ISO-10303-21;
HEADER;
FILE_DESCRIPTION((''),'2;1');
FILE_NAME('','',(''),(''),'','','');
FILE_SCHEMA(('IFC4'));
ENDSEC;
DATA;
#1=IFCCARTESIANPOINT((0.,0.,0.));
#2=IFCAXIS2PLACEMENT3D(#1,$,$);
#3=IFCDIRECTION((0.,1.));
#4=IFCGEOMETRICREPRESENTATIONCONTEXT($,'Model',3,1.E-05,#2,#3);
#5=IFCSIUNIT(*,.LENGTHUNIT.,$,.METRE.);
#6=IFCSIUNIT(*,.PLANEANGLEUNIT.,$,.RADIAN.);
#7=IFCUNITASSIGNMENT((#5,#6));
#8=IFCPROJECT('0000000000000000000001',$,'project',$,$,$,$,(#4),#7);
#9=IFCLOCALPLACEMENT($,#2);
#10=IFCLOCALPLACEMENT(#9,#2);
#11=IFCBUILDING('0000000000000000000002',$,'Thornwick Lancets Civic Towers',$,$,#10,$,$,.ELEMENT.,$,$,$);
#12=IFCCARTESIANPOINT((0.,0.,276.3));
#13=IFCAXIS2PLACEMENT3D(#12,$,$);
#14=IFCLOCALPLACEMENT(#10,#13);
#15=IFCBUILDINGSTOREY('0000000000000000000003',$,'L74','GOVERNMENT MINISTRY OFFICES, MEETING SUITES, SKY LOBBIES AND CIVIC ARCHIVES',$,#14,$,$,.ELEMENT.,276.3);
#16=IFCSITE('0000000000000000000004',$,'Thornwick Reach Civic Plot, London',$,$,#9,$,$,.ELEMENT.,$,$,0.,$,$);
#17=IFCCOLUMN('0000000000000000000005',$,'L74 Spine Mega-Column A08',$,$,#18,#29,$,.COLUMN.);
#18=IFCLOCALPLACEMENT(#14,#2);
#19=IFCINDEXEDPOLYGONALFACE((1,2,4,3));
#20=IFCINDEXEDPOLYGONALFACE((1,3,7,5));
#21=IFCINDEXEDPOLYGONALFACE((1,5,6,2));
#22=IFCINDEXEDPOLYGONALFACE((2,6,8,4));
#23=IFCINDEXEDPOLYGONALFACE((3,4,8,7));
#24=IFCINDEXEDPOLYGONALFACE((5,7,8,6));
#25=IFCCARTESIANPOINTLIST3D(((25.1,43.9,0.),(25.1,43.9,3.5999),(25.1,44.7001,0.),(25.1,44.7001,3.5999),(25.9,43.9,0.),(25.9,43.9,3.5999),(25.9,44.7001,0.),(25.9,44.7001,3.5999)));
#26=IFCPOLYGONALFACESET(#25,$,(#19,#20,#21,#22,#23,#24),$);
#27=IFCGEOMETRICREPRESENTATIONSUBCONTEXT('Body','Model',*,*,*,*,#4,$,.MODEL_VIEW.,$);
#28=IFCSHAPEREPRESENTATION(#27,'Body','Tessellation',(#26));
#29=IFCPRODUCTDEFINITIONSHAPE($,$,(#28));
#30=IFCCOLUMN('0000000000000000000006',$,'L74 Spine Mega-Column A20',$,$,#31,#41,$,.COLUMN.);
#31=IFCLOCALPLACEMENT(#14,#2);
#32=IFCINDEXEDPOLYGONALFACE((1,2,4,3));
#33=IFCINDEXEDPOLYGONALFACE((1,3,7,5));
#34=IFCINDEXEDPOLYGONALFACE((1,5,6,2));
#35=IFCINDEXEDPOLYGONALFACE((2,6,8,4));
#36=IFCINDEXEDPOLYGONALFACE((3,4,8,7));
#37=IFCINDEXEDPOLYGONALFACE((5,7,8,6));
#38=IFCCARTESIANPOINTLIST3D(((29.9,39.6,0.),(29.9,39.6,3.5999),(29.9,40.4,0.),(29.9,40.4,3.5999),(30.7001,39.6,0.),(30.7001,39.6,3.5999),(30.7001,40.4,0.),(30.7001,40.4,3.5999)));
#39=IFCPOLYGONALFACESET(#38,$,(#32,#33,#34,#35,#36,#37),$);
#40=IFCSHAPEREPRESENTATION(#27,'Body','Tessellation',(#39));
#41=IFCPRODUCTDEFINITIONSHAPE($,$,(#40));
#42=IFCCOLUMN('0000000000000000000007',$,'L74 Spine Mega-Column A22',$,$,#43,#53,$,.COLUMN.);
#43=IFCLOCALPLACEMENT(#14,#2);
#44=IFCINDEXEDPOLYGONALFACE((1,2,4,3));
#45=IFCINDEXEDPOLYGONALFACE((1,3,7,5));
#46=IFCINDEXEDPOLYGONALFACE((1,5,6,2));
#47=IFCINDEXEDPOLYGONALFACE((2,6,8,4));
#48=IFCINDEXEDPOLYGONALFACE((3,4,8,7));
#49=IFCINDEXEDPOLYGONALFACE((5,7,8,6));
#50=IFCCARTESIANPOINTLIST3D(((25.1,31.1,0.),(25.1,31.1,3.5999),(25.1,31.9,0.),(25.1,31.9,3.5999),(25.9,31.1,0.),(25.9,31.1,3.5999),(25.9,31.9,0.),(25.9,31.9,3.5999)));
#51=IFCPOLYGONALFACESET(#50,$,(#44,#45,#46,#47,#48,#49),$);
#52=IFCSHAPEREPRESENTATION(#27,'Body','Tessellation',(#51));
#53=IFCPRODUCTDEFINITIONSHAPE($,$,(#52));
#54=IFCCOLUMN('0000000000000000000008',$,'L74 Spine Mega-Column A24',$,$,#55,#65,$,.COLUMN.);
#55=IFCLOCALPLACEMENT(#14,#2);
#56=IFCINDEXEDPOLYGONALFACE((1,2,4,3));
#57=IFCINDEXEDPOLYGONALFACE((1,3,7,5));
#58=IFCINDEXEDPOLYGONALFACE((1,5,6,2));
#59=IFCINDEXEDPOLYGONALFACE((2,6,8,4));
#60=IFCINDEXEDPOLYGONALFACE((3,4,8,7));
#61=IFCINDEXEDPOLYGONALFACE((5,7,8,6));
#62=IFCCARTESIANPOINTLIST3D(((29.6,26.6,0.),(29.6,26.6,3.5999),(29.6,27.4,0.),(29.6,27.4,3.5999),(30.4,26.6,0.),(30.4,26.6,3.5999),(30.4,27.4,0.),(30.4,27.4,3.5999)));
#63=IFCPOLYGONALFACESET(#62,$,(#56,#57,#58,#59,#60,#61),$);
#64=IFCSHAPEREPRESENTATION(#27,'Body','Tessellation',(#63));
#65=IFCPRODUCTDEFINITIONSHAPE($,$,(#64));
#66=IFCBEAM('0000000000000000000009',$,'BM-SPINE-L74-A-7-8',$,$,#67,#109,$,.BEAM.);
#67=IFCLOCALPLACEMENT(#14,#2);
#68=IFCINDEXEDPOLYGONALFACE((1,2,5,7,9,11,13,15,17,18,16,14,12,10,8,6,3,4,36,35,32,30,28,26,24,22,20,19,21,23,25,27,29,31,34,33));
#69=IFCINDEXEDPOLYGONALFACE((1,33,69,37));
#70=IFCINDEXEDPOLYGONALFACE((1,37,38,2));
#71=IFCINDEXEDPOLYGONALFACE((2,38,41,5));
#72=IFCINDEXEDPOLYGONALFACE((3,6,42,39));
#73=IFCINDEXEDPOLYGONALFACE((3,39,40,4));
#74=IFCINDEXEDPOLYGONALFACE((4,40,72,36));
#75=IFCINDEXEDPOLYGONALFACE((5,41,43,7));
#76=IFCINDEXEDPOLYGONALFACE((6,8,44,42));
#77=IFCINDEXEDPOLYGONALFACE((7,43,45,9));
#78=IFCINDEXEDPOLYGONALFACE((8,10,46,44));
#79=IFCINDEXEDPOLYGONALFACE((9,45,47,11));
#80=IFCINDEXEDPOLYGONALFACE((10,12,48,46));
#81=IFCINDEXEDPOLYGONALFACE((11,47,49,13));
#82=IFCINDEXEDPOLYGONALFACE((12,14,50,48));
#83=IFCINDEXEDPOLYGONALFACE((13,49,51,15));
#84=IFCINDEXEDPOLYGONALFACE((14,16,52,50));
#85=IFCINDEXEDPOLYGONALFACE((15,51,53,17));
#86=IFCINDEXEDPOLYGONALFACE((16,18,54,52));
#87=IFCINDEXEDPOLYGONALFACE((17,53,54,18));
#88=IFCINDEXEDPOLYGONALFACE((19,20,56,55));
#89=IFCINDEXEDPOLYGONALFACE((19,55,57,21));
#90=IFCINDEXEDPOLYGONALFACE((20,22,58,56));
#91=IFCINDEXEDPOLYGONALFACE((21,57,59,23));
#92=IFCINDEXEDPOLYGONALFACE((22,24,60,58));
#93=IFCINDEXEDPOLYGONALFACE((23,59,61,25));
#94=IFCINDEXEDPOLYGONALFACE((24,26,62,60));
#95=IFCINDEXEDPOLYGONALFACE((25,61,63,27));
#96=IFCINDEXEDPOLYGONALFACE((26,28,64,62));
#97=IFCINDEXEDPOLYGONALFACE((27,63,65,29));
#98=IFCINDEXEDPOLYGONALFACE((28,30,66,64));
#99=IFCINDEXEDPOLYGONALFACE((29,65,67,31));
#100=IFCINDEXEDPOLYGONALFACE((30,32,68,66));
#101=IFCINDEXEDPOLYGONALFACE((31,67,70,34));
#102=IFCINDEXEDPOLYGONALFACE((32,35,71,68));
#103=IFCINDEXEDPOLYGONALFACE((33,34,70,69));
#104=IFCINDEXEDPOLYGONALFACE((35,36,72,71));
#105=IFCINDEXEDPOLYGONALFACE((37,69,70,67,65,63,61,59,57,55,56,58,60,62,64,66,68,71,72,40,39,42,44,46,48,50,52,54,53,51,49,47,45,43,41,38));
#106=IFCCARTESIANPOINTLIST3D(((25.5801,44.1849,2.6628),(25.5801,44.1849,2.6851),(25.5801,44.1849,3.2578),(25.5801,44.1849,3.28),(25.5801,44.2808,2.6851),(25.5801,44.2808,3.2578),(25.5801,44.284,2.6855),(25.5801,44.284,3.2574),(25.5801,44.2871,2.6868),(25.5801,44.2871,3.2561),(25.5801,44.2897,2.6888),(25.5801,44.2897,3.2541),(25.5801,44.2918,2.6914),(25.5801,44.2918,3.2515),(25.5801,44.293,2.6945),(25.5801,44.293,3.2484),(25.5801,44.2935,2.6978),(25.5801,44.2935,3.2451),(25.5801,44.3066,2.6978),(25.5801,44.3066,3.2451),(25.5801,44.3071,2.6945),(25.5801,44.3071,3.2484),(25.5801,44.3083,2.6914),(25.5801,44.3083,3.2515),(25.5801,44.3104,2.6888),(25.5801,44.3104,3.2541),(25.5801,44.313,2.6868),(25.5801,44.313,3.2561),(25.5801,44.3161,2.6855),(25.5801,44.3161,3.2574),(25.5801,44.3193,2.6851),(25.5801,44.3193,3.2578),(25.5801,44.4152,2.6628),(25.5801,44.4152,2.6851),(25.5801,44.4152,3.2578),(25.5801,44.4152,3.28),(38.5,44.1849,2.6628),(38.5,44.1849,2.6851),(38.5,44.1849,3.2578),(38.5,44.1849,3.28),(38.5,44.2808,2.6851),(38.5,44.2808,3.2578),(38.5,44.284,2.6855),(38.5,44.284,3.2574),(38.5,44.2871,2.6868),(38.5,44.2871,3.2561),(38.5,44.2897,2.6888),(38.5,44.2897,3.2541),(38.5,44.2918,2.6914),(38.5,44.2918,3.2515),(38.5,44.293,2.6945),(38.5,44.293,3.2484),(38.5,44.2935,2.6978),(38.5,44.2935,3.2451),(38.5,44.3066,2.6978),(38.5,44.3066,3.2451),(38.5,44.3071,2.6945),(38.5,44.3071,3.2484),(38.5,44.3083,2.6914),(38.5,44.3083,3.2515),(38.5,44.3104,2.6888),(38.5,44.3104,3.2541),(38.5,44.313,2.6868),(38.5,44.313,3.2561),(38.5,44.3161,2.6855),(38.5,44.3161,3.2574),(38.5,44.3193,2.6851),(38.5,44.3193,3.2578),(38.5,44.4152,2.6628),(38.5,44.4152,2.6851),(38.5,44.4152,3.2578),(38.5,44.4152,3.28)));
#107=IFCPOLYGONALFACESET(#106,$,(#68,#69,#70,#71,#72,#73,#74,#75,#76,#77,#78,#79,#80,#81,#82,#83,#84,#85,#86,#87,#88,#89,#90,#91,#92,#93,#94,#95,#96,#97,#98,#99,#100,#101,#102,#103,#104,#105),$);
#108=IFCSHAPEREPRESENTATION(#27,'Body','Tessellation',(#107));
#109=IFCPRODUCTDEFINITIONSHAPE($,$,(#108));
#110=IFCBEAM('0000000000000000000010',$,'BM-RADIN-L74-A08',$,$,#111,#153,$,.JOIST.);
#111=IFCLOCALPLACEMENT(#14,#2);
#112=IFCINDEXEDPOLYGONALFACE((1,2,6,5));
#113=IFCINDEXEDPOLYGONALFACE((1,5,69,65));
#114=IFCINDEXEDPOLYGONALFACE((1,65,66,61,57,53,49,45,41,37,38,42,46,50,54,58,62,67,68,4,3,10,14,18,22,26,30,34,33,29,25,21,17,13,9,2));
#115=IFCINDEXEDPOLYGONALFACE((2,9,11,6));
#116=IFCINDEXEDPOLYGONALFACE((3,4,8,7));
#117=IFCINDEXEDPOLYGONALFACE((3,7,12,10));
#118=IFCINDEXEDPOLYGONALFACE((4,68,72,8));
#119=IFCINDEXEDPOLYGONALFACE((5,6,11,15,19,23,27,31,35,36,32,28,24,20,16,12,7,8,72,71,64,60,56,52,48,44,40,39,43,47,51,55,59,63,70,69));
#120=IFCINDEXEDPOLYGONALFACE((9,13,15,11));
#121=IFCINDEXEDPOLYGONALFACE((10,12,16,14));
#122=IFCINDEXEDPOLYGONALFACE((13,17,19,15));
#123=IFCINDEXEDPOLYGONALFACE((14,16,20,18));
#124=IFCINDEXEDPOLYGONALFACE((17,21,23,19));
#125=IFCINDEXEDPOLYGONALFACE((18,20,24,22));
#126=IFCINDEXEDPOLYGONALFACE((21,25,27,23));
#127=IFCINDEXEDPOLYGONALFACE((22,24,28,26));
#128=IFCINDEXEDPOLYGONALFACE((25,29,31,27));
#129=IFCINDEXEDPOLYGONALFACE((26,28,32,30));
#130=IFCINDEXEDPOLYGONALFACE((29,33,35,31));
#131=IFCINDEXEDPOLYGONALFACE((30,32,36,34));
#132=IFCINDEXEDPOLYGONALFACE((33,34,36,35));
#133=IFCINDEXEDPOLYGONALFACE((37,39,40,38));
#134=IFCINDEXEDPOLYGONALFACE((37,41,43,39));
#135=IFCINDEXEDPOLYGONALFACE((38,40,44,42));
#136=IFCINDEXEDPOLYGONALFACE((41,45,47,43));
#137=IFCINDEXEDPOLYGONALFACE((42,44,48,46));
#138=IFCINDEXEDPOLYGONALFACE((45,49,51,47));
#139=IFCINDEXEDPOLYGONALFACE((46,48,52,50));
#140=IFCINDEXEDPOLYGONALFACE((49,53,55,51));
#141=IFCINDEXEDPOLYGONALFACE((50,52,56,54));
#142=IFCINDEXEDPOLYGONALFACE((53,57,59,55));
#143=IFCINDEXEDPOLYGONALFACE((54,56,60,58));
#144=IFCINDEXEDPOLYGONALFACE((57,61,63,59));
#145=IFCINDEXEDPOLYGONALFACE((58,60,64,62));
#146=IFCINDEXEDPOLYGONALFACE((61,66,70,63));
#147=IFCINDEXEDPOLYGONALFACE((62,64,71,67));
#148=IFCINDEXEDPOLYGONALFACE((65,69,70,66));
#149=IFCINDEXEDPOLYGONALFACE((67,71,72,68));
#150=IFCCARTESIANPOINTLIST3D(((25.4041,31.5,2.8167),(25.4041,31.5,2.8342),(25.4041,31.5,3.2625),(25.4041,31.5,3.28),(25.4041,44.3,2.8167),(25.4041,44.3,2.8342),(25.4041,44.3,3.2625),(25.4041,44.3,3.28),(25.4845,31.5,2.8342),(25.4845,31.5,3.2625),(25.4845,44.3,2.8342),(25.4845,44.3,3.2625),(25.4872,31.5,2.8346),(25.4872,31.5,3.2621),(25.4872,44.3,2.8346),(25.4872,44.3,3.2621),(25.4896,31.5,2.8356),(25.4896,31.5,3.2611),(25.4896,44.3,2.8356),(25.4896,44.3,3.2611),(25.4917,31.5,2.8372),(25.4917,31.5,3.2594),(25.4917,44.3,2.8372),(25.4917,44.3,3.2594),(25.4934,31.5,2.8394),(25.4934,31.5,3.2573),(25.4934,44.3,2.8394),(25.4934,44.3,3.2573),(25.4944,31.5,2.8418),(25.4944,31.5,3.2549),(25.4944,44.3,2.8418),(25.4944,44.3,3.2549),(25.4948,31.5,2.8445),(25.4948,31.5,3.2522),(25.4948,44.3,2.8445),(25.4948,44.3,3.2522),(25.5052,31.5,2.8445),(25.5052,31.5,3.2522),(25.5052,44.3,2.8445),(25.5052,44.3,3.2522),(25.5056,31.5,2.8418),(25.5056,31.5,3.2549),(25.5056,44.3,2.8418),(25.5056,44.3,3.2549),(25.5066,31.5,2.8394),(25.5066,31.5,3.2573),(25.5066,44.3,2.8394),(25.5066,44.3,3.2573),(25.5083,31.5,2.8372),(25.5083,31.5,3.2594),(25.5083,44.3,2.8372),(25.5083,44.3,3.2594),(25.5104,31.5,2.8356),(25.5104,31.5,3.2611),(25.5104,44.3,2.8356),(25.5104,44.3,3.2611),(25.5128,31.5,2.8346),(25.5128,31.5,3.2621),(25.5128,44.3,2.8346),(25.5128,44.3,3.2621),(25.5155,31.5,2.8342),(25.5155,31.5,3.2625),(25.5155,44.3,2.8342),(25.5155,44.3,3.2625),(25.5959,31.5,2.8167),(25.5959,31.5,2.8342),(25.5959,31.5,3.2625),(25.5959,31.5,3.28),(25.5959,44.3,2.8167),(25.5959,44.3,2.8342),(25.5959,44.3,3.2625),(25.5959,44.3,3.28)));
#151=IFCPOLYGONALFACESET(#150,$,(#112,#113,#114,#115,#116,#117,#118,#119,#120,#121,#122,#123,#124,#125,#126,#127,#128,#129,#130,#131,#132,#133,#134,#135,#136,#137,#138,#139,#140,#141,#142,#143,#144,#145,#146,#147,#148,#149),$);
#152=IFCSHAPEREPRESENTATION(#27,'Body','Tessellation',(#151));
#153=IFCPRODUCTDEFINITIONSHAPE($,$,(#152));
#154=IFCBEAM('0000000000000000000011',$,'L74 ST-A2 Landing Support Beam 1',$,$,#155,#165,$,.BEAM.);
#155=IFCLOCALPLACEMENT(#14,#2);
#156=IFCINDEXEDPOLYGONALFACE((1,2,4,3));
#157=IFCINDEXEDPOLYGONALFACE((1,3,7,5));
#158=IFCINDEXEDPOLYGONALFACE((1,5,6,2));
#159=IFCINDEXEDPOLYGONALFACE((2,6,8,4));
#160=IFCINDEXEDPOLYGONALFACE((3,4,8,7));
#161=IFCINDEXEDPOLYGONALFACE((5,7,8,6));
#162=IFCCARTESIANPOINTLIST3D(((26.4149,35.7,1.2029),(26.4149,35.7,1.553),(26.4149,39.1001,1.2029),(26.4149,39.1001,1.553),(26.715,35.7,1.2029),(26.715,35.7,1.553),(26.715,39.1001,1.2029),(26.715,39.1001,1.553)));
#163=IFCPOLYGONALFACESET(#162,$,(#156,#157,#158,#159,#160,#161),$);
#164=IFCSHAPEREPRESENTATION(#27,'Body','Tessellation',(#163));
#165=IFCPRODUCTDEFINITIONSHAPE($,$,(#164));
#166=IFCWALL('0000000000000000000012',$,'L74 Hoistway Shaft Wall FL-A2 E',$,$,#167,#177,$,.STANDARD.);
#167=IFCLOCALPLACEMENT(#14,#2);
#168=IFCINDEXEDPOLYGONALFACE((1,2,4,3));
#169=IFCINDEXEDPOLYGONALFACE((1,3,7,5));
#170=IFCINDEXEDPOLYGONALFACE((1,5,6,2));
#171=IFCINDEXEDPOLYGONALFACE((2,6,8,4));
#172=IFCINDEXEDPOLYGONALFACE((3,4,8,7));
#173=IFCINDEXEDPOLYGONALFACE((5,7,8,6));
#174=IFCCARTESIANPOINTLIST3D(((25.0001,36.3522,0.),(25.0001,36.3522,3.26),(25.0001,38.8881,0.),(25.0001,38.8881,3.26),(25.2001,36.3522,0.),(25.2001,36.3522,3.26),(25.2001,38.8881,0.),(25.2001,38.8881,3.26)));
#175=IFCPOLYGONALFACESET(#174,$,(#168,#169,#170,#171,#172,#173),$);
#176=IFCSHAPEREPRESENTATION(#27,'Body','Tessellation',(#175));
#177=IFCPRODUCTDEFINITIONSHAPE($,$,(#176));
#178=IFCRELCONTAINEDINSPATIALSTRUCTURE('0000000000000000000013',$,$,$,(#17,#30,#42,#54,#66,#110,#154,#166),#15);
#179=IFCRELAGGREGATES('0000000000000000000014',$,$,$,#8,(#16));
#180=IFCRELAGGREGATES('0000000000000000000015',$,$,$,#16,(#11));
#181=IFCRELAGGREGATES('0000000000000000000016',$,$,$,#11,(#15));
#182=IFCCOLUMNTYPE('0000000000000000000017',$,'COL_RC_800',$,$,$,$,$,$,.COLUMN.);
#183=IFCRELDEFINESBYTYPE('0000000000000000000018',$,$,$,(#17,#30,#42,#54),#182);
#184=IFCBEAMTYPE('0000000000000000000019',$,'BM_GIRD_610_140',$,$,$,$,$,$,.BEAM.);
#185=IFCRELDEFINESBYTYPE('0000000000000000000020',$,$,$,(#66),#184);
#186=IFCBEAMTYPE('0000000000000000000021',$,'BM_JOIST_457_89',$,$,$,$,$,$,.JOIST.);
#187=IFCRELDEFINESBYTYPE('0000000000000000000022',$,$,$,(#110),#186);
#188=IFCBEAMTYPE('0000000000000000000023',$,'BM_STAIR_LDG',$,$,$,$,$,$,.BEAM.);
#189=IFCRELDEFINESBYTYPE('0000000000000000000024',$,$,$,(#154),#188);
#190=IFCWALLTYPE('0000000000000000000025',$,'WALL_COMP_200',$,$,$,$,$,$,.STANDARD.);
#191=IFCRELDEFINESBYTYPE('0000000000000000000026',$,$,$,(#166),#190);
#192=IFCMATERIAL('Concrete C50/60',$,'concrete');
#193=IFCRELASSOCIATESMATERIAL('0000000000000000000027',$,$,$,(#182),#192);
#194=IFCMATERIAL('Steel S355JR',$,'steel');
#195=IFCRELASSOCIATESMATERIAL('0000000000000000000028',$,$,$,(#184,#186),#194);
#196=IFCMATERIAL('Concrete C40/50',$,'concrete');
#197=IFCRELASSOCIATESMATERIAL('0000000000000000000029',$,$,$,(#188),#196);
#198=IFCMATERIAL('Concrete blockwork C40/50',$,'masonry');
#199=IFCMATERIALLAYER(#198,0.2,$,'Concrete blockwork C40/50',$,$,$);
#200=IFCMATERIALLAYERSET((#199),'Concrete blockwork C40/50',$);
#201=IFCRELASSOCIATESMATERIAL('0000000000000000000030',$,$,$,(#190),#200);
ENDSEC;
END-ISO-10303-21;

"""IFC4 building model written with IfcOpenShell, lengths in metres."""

from ifc_helpers import new_model, si_unit, direction, frame, frame_2d, origin, origin_2d, place, context, subcontext, project, spatial, rectangle, i_section, extrude, material, layer, layer_set, material_profile, profile_set, type_object, element, save


model = new_model("IFC4")

# Units and contexts
model_context = context("Model", 3, precision=1e-05, world=origin(), true_north=direction((0.0, 1.0)))
body_context = subcontext(model_context, "Body", "Model", "MODEL_VIEW")
ifc_project = project(units=[si_unit("LENGTHUNIT", "METRE"), si_unit("PLANEANGLEUNIT", "RADIAN")], contexts=[model_context])

# Site, building, storey
site_placement = place(None, origin())
site = spatial("IfcSite", under=ifc_project, at=site_placement, Name="Thornwick Reach Civic Plot, London", CompositionType="ELEMENT", RefElevation=0.0)
building_placement = place(site_placement, origin())
building = spatial("IfcBuilding", under=site, at=building_placement, Name="Thornwick Lancets Civic Towers", CompositionType="ELEMENT")
storey_placement = place(building_placement, frame((0.0, 0.0, 276.3)))
storey = spatial("IfcBuildingStorey", under=building, at=storey_placement, Name="L74", Description="GOVERNMENT MINISTRY OFFICES, MEETING SUITES, SKY LOBBIES AND CIVIC ARCHIVES", CompositionType="ELEMENT", Elevation=276.3)

# Columns
ifc_material_1 = material(Name="Concrete C50/60", Category="concrete")
ifc_material_profile_1 = material_profile(ifc_material_1, rectangle(XDim=0.8, YDim=0.8, at=origin_2d()), Name="RC 800x800")
ifc_profile_set_1 = profile_set([ifc_material_profile_1], Name="Concrete C50/60")
column_type = type_object("IfcColumnType", Name="COL_RC_800", PredefinedType="COLUMN", material=ifc_profile_set_1)
for number, where, z_axis, x_axis, name in (
    (1, (25.5, 44.3, 0.0), (0.0, 0.0, 1.0), (1.0, 0.0, 0.0), "L74 Spine Mega-Column A08"),
    (2, (30.3, 40.0, 0.0), (0.0, 0.0, 1.0), (1.0, 0.0, 0.0), "L74 Spine Mega-Column A20"),
    (3, (25.5, 31.5, 0.0), (0.0, 0.0, 1.0), (1.0, 0.0, 0.0), "L74 Spine Mega-Column A22"),
    (4, (30.0, 27.0, 0.0), (0.0, 0.0, 1.0), (1.0, 0.0, 0.0), "L74 Spine Mega-Column A24"),
):
    element("IfcColumn", number, at=place(storey_placement, frame(where, z_axis=z_axis, x_axis=x_axis)), inside=storey, type_object=column_type, Name=name, PredefinedType="COLUMN", context=body_context, shape_type="SweptSolid", body=[
        extrude(rectangle(XDim=0.8, YDim=0.8, at=origin_2d()), origin(), (0.0, 0.0, 1.0), 3.5999),
    ])

# Beams
ifc_material_2 = material(Name="Steel S355JR", Category="steel")
ifc_material_profile_2 = material_profile(ifc_material_2, i_section(OverallWidth=0.2302, OverallDepth=0.6172, WebThickness=0.0132, FlangeThickness=0.0222, FilletRadius=0.0127, at=origin_2d()), Name="UKB 610x229x140")
ifc_profile_set_2 = profile_set([ifc_material_profile_2], Name="Steel S355JR")
beam_type_1 = type_object("IfcBeamType", Name="BM_GIRD_610_140", PredefinedType="BEAM", material=ifc_profile_set_2)
beam_1_placement = place(storey_placement, frame((25.5801, 44.3, 2.9714), z_axis=(1.0, 0.0, 0.0), x_axis=(0.0, 1.0, 0.0)))
element("IfcBeam", 5, at=beam_1_placement, inside=storey, type_object=beam_type_1, Name="BM-SPINE-L74-A-7-8", PredefinedType="BEAM", context=body_context, shape_type="SweptSolid", body=[
    extrude(i_section(OverallWidth=0.2302, OverallDepth=0.6172, WebThickness=0.0132, FlangeThickness=0.0222, FilletRadius=0.0127, at=origin_2d()), origin(), (0.0, 0.0, 1.0), 12.9199),
])
ifc_material_profile_3 = material_profile(ifc_material_2, i_section(OverallWidth=0.1919, OverallDepth=0.4634, WebThickness=0.0105, FlangeThickness=0.0176, FilletRadius=0.0103, at=origin_2d()), Name="UKB 457x191x89")
ifc_profile_set_3 = profile_set([ifc_material_profile_3], Name="Steel S355JR")
beam_type_2 = type_object("IfcBeamType", Name="BM_JOIST_457_89", PredefinedType="JOIST", material=ifc_profile_set_3)
beam_2_placement = place(storey_placement, frame((25.5, 31.5, 3.0483), z_axis=(0.0, 1.0, 0.0), x_axis=(-1.0, 0.0, 0.0)))
element("IfcBeam", 6, at=beam_2_placement, inside=storey, type_object=beam_type_2, Name="BM-RADIN-L74-A08", PredefinedType="JOIST", context=body_context, shape_type="SweptSolid", body=[
    extrude(i_section(OverallWidth=0.1919, OverallDepth=0.4634, WebThickness=0.0105, FlangeThickness=0.0176, FilletRadius=0.0103, at=origin_2d()), origin(), (0.0, 0.0, 1.0), 12.8),
])
ifc_material_3 = material(Name="Concrete C40/50", Category="concrete")
ifc_material_profile_4 = material_profile(ifc_material_3, rectangle(XDim=0.3, YDim=0.3501, at=origin_2d()), Name="RC 300x350")
ifc_profile_set_4 = profile_set([ifc_material_profile_4], Name="Concrete C40/50")
beam_type_3 = type_object("IfcBeamType", Name="BM_STAIR_LDG", PredefinedType="BEAM", material=ifc_profile_set_4)
beam_3_placement = place(storey_placement, frame((26.5649, 39.1001, 1.3779), z_axis=(0.0, -1.0, 0.0), x_axis=(1.0, 0.0, 0.0)))
element("IfcBeam", 7, at=beam_3_placement, inside=storey, type_object=beam_type_3, Name="L74 ST-A2 Landing Support Beam 1", PredefinedType="BEAM", context=body_context, shape_type="SweptSolid", body=[
    extrude(rectangle(XDim=0.3, YDim=0.3501, at=origin_2d()), origin(), (0.0, 0.0, 1.0), 3.4001),
])

# Wall
ifc_material_4 = material(Name="Concrete blockwork C40/50", Category="masonry")
ifc_layer_1 = layer(ifc_material_4, 0.2, Name="Concrete blockwork C40/50")
ifc_layer_set_1 = layer_set([ifc_layer_1], Name="Concrete blockwork C40/50")
wall_type_1 = type_object("IfcWallType", Name="WALL_COMP_200", PredefinedType="STANDARD", material=ifc_layer_set_1)
wall_1_placement = place(storey_placement, frame((25.1001, 36.3521, 0.0), z_axis=(0.0, 0.0, 1.0), x_axis=(0.0, 1.0, 0.0)))
element("IfcWall", 8, at=wall_1_placement, inside=storey, type_object=wall_type_1, Name="L74 Hoistway Shaft Wall FL-A2 E", PredefinedType="STANDARD", context=body_context, shape_type="SweptSolid", body=[
    extrude(rectangle(XDim=2.5359, YDim=0.2, at=frame_2d((1.2681, 0.0))), origin(), (0.0, 0.0, 1.0), 3.26),
])

save(model, "model.ifc")
